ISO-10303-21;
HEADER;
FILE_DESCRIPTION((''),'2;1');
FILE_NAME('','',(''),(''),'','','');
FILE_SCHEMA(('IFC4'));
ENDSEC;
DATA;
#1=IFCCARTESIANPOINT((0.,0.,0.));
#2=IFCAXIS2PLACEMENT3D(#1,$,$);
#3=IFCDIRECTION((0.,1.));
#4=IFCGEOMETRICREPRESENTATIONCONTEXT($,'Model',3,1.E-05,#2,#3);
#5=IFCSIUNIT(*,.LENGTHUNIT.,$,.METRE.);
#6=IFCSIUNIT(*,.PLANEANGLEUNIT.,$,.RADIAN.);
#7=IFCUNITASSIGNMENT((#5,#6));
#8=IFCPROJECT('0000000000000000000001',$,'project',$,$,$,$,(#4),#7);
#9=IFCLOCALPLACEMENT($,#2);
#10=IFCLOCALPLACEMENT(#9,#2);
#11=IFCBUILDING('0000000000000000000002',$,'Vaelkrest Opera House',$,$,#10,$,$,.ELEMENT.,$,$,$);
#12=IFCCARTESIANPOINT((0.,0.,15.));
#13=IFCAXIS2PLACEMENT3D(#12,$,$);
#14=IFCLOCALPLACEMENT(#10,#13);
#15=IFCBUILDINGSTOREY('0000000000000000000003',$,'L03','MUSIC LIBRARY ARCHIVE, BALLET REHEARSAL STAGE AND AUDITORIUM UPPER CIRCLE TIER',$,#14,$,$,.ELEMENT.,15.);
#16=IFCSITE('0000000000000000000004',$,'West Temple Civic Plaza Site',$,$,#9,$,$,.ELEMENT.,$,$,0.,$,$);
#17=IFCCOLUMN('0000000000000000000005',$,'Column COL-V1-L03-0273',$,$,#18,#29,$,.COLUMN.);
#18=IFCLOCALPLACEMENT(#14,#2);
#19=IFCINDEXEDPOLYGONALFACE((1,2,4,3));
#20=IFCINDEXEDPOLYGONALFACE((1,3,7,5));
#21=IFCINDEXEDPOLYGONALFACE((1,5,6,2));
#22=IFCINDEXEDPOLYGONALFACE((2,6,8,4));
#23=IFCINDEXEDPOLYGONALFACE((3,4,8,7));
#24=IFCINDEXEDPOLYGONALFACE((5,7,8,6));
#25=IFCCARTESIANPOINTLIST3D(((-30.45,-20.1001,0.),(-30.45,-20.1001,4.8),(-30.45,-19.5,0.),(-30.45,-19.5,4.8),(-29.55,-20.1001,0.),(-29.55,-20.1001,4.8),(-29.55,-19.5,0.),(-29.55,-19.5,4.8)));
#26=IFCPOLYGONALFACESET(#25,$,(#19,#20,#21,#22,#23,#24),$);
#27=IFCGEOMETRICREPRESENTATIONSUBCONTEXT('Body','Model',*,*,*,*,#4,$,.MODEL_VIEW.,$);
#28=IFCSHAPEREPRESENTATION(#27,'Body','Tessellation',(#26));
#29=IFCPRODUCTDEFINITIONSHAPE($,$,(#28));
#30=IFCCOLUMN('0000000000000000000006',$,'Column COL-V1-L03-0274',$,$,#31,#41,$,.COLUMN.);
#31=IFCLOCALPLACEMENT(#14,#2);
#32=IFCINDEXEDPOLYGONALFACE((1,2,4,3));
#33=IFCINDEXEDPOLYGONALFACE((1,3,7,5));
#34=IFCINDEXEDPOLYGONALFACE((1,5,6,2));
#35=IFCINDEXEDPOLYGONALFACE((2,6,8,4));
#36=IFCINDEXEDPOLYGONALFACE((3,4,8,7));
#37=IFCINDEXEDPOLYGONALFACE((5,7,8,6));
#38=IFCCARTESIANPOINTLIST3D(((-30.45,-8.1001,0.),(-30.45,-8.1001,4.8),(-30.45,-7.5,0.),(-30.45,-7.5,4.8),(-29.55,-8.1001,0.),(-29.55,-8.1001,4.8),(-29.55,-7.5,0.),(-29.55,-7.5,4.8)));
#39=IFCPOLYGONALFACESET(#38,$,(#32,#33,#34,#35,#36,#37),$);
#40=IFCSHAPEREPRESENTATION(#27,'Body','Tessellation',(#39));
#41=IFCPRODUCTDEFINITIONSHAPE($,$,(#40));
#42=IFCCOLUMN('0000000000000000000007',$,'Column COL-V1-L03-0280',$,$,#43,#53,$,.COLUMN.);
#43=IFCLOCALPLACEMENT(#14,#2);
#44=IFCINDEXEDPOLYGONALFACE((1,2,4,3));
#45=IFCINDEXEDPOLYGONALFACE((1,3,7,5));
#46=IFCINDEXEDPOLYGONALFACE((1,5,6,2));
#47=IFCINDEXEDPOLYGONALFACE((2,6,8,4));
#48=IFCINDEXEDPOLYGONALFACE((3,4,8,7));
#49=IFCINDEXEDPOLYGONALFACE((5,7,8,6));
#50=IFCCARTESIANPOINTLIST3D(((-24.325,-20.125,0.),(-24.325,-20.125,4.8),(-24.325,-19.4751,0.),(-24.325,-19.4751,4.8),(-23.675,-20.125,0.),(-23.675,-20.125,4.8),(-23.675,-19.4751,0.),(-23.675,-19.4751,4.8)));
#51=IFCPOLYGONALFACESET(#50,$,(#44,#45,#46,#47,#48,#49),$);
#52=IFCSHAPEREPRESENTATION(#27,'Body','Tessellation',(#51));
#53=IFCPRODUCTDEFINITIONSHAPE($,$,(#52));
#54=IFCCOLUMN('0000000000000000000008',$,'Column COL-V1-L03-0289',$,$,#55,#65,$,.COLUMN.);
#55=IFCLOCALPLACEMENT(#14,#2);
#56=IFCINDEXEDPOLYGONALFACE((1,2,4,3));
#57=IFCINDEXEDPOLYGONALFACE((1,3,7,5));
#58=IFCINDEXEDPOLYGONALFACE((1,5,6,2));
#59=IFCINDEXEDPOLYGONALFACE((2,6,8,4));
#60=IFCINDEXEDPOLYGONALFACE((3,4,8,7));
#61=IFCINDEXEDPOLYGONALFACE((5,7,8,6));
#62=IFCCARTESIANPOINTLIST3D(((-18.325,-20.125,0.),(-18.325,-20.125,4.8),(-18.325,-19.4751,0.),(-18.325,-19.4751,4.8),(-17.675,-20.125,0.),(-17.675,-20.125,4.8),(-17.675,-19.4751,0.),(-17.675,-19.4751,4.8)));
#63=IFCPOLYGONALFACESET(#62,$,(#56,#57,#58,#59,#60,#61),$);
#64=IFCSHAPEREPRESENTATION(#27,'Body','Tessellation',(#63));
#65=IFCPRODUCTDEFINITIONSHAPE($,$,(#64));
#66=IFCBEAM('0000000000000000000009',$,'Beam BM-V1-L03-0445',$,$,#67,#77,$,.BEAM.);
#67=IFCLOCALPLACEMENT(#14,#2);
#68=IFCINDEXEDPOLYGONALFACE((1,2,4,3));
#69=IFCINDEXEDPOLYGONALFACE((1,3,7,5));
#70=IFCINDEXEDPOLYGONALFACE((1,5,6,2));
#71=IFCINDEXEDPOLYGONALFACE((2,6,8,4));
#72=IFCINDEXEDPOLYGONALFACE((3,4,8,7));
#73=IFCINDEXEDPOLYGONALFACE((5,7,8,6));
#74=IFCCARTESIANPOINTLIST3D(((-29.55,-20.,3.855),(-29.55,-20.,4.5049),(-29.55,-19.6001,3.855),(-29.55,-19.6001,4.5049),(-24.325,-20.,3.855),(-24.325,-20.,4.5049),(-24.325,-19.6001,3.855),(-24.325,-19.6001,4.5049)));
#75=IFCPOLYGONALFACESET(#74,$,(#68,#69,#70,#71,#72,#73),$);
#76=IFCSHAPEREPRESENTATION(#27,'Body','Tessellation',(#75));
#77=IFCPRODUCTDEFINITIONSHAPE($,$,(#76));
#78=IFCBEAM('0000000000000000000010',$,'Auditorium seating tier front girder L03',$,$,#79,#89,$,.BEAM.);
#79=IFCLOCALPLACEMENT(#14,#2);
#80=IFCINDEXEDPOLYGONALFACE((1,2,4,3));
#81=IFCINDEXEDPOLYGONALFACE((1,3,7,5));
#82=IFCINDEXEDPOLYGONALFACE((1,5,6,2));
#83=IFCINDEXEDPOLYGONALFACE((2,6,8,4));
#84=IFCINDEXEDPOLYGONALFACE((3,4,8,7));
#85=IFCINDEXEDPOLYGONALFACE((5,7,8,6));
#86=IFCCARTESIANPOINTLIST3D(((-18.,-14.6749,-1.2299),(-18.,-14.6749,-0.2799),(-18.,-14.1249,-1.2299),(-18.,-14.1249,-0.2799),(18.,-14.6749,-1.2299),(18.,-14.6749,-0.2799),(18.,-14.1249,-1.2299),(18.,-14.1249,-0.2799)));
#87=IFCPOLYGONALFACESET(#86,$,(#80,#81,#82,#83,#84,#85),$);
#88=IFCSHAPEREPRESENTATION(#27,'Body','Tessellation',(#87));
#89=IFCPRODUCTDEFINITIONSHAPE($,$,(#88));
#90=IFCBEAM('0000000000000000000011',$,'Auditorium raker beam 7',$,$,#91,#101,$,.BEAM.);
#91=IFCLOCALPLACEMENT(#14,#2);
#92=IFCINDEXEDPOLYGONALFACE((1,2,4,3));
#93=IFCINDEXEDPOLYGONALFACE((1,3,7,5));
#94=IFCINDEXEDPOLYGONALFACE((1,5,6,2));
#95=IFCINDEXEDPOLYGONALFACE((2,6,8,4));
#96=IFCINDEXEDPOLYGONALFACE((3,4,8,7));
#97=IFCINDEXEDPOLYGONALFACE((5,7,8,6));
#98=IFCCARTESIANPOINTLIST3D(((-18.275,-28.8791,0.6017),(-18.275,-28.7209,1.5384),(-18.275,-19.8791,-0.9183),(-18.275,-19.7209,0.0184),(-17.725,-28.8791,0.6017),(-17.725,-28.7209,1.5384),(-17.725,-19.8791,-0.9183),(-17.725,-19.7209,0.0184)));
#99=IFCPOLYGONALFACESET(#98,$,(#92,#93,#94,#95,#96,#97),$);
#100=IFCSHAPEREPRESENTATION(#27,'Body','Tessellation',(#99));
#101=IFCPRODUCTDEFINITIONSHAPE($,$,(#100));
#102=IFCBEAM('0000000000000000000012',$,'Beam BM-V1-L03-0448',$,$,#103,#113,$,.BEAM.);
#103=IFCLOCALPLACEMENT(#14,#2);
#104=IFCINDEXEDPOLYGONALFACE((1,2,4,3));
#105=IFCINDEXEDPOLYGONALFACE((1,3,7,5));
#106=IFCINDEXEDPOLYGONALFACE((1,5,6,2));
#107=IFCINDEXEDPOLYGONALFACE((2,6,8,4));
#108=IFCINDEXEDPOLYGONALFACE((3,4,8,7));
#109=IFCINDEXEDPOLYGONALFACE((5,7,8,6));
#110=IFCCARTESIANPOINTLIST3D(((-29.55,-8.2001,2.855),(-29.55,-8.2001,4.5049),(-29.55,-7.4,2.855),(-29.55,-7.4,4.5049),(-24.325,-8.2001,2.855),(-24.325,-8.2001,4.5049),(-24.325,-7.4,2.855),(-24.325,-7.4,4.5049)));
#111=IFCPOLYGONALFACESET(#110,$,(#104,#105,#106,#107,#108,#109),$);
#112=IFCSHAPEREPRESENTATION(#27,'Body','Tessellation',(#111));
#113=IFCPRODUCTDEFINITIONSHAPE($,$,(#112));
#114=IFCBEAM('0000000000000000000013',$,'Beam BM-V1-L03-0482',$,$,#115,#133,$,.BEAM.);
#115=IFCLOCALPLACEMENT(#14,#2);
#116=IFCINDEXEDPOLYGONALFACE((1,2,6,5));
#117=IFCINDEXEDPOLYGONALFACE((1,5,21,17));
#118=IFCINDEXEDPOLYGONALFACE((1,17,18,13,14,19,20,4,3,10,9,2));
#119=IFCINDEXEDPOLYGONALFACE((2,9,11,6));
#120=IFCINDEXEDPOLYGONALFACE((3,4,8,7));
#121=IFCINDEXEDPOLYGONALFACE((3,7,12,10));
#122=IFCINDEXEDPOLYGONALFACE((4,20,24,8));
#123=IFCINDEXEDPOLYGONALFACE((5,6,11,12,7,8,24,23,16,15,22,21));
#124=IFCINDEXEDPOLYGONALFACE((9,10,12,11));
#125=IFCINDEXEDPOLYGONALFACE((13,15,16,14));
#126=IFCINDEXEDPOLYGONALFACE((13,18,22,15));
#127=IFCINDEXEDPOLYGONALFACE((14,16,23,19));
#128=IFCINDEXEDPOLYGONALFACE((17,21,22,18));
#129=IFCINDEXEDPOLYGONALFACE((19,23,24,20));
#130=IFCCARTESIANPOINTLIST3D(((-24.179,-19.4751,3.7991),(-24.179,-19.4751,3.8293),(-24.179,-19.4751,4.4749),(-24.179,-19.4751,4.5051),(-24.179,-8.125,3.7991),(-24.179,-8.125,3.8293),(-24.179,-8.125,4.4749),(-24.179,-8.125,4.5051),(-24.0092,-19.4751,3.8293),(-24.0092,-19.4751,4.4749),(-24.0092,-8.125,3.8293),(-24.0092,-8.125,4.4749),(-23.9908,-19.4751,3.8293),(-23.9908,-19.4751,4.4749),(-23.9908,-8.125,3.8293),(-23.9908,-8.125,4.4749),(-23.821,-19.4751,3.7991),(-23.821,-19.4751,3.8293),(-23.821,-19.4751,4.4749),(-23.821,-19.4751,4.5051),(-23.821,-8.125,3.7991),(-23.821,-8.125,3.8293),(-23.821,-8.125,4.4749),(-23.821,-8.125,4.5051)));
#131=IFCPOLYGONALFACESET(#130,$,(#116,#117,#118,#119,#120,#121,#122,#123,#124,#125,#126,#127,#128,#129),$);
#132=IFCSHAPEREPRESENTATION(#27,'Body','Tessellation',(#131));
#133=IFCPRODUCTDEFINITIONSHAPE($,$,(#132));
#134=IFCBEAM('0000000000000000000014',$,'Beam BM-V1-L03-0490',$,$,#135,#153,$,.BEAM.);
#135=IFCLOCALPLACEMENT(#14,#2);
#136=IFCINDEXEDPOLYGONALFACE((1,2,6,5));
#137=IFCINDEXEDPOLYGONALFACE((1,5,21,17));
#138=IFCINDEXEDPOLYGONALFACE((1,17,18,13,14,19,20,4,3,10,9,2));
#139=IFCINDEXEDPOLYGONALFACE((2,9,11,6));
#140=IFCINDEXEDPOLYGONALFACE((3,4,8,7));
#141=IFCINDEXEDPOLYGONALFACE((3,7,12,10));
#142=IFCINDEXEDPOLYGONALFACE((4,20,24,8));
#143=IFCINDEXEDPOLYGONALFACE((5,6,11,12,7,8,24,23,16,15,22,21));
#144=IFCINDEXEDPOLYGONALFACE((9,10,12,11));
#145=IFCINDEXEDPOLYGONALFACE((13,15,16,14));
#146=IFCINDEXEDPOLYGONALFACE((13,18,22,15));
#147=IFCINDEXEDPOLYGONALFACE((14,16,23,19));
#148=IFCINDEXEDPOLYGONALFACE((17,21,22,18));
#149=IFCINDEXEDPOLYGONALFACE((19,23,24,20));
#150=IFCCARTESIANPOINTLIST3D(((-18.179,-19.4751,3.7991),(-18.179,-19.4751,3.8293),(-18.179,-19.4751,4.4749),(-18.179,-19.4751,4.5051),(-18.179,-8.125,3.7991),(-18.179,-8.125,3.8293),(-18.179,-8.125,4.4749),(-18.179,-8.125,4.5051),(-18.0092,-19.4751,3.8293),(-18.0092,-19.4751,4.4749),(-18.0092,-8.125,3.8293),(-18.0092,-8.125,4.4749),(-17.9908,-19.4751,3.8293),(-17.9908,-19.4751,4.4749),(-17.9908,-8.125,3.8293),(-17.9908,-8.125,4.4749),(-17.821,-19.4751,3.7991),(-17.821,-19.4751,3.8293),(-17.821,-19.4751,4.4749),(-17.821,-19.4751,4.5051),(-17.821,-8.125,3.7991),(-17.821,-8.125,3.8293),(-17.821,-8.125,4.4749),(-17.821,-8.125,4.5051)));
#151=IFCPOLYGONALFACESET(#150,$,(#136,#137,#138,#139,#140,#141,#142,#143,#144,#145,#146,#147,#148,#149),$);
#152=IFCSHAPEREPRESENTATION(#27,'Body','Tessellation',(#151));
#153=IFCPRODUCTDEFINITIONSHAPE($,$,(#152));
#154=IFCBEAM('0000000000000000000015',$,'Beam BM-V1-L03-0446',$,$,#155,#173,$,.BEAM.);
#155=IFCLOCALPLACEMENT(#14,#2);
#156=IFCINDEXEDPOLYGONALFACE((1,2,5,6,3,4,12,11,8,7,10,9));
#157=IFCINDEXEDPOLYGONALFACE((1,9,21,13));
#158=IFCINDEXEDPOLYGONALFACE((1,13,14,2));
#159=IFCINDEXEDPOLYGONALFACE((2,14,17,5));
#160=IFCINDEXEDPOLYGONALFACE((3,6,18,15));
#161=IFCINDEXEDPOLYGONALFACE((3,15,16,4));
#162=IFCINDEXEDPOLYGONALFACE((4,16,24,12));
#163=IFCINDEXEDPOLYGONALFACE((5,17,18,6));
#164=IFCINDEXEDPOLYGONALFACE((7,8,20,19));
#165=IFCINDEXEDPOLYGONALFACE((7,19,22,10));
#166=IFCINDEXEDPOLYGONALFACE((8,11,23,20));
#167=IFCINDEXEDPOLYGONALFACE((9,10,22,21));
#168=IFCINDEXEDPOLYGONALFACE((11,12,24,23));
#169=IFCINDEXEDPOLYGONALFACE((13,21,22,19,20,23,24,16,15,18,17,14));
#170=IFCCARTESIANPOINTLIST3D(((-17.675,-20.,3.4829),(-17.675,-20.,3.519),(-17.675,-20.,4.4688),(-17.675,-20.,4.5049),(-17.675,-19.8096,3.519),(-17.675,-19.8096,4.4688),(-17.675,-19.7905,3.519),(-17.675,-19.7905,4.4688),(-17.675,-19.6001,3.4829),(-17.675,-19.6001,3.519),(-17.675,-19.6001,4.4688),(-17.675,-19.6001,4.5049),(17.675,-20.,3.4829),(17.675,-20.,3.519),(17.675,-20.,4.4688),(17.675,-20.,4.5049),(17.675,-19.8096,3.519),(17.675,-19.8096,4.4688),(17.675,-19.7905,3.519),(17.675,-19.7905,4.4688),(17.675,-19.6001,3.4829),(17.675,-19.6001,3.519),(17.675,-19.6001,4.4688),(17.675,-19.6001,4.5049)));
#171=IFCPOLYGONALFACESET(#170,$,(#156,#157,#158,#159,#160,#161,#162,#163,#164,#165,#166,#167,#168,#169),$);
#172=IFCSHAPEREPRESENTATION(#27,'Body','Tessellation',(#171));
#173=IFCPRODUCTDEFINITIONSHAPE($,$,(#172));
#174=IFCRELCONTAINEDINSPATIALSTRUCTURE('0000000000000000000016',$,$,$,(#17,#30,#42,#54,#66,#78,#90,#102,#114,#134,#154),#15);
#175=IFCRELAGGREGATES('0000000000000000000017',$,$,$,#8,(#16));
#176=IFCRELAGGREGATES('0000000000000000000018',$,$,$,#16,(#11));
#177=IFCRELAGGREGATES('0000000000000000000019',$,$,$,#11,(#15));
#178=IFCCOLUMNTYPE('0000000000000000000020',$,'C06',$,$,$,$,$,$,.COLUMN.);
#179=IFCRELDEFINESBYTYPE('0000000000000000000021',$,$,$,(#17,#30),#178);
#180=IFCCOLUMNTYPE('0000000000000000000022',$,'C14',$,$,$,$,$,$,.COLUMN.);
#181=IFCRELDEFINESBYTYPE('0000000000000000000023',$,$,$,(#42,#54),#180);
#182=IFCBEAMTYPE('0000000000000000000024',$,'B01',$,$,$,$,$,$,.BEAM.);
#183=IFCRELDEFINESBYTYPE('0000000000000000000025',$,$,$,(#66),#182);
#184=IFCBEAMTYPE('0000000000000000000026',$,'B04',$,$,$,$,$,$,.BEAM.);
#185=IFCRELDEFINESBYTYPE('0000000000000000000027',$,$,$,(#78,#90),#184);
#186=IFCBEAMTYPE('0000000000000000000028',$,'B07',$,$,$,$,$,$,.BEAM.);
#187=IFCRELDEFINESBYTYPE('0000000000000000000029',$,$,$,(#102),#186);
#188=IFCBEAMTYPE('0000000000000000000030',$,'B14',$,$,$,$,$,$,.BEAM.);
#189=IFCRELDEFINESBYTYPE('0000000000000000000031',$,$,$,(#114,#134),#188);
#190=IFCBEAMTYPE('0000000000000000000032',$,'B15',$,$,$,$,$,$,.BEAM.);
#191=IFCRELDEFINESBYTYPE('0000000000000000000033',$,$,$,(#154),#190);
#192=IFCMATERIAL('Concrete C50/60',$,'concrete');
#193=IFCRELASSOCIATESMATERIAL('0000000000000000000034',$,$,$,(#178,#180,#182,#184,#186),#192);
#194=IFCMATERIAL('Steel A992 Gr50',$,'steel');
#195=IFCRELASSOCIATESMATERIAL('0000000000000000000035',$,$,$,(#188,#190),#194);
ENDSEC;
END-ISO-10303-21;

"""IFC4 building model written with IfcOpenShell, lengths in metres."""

from ifc_helpers import new_model, si_unit, direction, frame, origin, origin_2d, place, context, subcontext, project, spatial, rectangle, i_section, extrude, material, material_profile, profile_set, type_object, element, save


model = new_model("IFC4")

# Units and contexts
model_context = context("Model", 3, precision=1e-05, world=origin(), true_north=direction((0.0, 1.0)))
body_context = subcontext(model_context, "Body", "Model", "MODEL_VIEW")
ifc_project = project(units=[si_unit("LENGTHUNIT", "METRE"), si_unit("PLANEANGLEUNIT", "RADIAN")], contexts=[model_context])

# Site, building, storey
site_placement = place(None, origin())
site = spatial("IfcSite", under=ifc_project, at=site_placement, Name="West Temple Civic Plaza Site", CompositionType="ELEMENT", RefElevation=0.0)
building_placement = place(site_placement, origin())
building = spatial("IfcBuilding", under=site, at=building_placement, Name="Vaelkrest Opera House", CompositionType="ELEMENT")
storey_placement = place(building_placement, frame((0.0, 0.0, 15.0)))
storey = spatial("IfcBuildingStorey", under=building, at=storey_placement, Name="L03", Description="MUSIC LIBRARY ARCHIVE, BALLET REHEARSAL STAGE AND AUDITORIUM UPPER CIRCLE TIER", CompositionType="ELEMENT", Elevation=15.0)

# Columns
ifc_material_1 = material(Name="Concrete C50/60", Category="concrete")
ifc_material_profile_1 = material_profile(ifc_material_1, rectangle(XDim=0.6001, YDim=0.8999, at=origin_2d()), Name="RC600X900")
ifc_profile_set_1 = profile_set([ifc_material_profile_1], Name="Concrete C50/60")
column_type_1 = type_object("IfcColumnType", Name="C06", PredefinedType="COLUMN", material=ifc_profile_set_1)
for number, where, z_axis, x_axis, name in (
    (1, (-30.0, -19.8, 0.0), (0.0, 0.0, 1.0), (0.0, 1.0, 0.0), "Column COL-V1-L03-0273"),
    (2, (-30.0, -7.8, 0.0), (0.0, 0.0, 1.0), (0.0, 1.0, 0.0), "Column COL-V1-L03-0274"),
):
    element("IfcColumn", number, at=place(storey_placement, frame(where, z_axis=z_axis, x_axis=x_axis)), inside=storey, type_object=column_type_1, Name=name, PredefinedType="COLUMN", context=body_context, shape_type="SweptSolid", body=[
        extrude(rectangle(XDim=0.6001, YDim=0.8999, at=origin_2d()), origin(), (0.0, 0.0, 1.0), 4.8),
    ])
ifc_material_profile_2 = material_profile(ifc_material_1, rectangle(XDim=0.6499, YDim=0.6499, at=origin_2d()), Name="RC650X650")
ifc_profile_set_2 = profile_set([ifc_material_profile_2], Name="Concrete C50/60")
column_type_2 = type_object("IfcColumnType", Name="C14", PredefinedType="COLUMN", material=ifc_profile_set_2)
for number, where, z_axis, x_axis, name in (
    (3, (-24.0, -19.8, 0.0), (0.0, 0.0, 1.0), (1.0, 0.0, 0.0), "Column COL-V1-L03-0280"),
    (4, (-18.0, -19.8, 0.0), (0.0, 0.0, 1.0), (1.0, 0.0, 0.0), "Column COL-V1-L03-0289"),
):
    element("IfcColumn", number, at=place(storey_placement, frame(where, z_axis=z_axis, x_axis=x_axis)), inside=storey, type_object=column_type_2, Name=name, PredefinedType="COLUMN", context=body_context, shape_type="SweptSolid", body=[
        extrude(rectangle(XDim=0.6499, YDim=0.6499, at=origin_2d()), origin(), (0.0, 0.0, 1.0), 4.8),
    ])

# Beams
ifc_material_profile_3 = material_profile(ifc_material_1, rectangle(XDim=0.3999, YDim=0.6499, at=origin_2d()), Name="RCB400X650")
ifc_profile_set_3 = profile_set([ifc_material_profile_3], Name="Concrete C50/60")
beam_type_1 = type_object("IfcBeamType", Name="B01", PredefinedType="BEAM", material=ifc_profile_set_3)
beam_1_placement = place(storey_placement, frame((-29.55, -19.8, 4.1799), z_axis=(1.0, 0.0, 0.0), x_axis=(0.0, 1.0, 0.0)))
element("IfcBeam", 5, at=beam_1_placement, inside=storey, type_object=beam_type_1, Name="Beam BM-V1-L03-0445", PredefinedType="BEAM", context=body_context, shape_type="SweptSolid", body=[
    extrude(rectangle(XDim=0.3999, YDim=0.6499, at=origin_2d()), origin(), (0.0, 0.0, 1.0), 5.2251),
])
ifc_material_profile_4 = material_profile(ifc_material_1, rectangle(XDim=0.55, YDim=0.95, at=origin_2d()), Name="RCB550X950")
ifc_profile_set_4 = profile_set([ifc_material_profile_4], Name="Concrete C50/60")
beam_type_2 = type_object("IfcBeamType", Name="B04", PredefinedType="BEAM", material=ifc_profile_set_4)
beam_2_placement = place(storey_placement, frame((-18.0, -14.3999, -0.7549), z_axis=(1.0, 0.0, 0.0), x_axis=(0.0, 1.0, 0.0)))
element("IfcBeam", 6, at=beam_2_placement, inside=storey, type_object=beam_type_2, Name="Auditorium seating tier front girder L03", PredefinedType="BEAM", context=body_context, shape_type="SweptSolid", body=[
    extrude(rectangle(XDim=0.55, YDim=0.95, at=origin_2d()), origin(), (0.0, 0.0, 1.0), 36.0),
])
beam_3_placement = place(storey_placement, frame((-18.0, -19.8, -0.45), z_axis=(0.0, -0.986036, 0.166533), x_axis=(1.0, 0.0, 0.0)))
element("IfcBeam", 7, at=beam_3_placement, inside=storey, type_object=beam_type_2, Name="Auditorium raker beam 7", PredefinedType="BEAM", context=body_context, shape_type="SweptSolid", body=[
    extrude(rectangle(XDim=0.55, YDim=0.95, at=origin_2d()), origin(), (0.0, 0.0, 1.0), 9.1274),
])
ifc_material_profile_5 = material_profile(ifc_material_1, rectangle(XDim=0.8, YDim=1.6499, at=origin_2d()), Name="RCB800X1650")
ifc_profile_set_5 = profile_set([ifc_material_profile_5], Name="Concrete C50/60")
beam_type_3 = type_object("IfcBeamType", Name="B07", PredefinedType="BEAM", material=ifc_profile_set_5)
beam_4_placement = place(storey_placement, frame((-29.55, -7.8, 3.6799), z_axis=(1.0, 0.0, 0.0), x_axis=(0.0, 1.0, 0.0)))
element("IfcBeam", 8, at=beam_4_placement, inside=storey, type_object=beam_type_3, Name="Beam BM-V1-L03-0448", PredefinedType="BEAM", context=body_context, shape_type="SweptSolid", body=[
    extrude(rectangle(XDim=0.8, YDim=1.6499, at=origin_2d()), origin(), (0.0, 0.0, 1.0), 5.2251),
])
ifc_material_2 = material(Name="Steel A992 Gr50", Category="steel")
ifc_material_profile_6 = material_profile(ifc_material_2, i_section(OverallWidth=0.3579, OverallDepth=0.7061, WebThickness=0.0183, FlangeThickness=0.0303, at=origin_2d()), Name="W27X178")
ifc_profile_set_6 = profile_set([ifc_material_profile_6], Name="Steel A992 Gr50")
beam_type_4 = type_object("IfcBeamType", Name="B14", PredefinedType="BEAM", material=ifc_profile_set_6)
for number, where, z_axis, x_axis, name in (
    (9, (-24.0, -19.4751, 4.1521), (0.0, 1.0, 0.0), (-1.0, 0.0, 0.0), "Beam BM-V1-L03-0482"),
    (10, (-18.0, -19.4751, 4.1521), (0.0, 1.0, 0.0), (-1.0, 0.0, 0.0), "Beam BM-V1-L03-0490"),
):
    element("IfcBeam", number, at=place(storey_placement, frame(where, z_axis=z_axis, x_axis=x_axis)), inside=storey, type_object=beam_type_4, Name=name, PredefinedType="BEAM", context=body_context, shape_type="SweptSolid", body=[
        extrude(i_section(OverallWidth=0.3579, OverallDepth=0.7061, WebThickness=0.0183, FlangeThickness=0.0303, at=origin_2d()), origin(), (0.0, 0.0, 1.0), 11.3501),
    ])
ifc_material_profile_7 = material_profile(ifc_material_2, i_section(OverallWidth=0.3999, OverallDepth=1.022, WebThickness=0.019, FlangeThickness=0.0361, at=origin_2d()), Name="W40X249")
ifc_profile_set_7 = profile_set([ifc_material_profile_7], Name="Steel A992 Gr50")
beam_type_5 = type_object("IfcBeamType", Name="B15", PredefinedType="BEAM", material=ifc_profile_set_7)
beam_5_placement = place(storey_placement, frame((-17.675, -19.8, 3.9939), z_axis=(1.0, 0.0, 0.0), x_axis=(0.0, 1.0, 0.0)))
element("IfcBeam", 11, at=beam_5_placement, inside=storey, type_object=beam_type_5, Name="Beam BM-V1-L03-0446", PredefinedType="BEAM", context=body_context, shape_type="SweptSolid", body=[
    extrude(i_section(OverallWidth=0.3999, OverallDepth=1.022, WebThickness=0.019, FlangeThickness=0.0361, at=origin_2d()), origin(), (0.0, 0.0, 1.0), 35.3501),
])

save(model, "model.ifc")
